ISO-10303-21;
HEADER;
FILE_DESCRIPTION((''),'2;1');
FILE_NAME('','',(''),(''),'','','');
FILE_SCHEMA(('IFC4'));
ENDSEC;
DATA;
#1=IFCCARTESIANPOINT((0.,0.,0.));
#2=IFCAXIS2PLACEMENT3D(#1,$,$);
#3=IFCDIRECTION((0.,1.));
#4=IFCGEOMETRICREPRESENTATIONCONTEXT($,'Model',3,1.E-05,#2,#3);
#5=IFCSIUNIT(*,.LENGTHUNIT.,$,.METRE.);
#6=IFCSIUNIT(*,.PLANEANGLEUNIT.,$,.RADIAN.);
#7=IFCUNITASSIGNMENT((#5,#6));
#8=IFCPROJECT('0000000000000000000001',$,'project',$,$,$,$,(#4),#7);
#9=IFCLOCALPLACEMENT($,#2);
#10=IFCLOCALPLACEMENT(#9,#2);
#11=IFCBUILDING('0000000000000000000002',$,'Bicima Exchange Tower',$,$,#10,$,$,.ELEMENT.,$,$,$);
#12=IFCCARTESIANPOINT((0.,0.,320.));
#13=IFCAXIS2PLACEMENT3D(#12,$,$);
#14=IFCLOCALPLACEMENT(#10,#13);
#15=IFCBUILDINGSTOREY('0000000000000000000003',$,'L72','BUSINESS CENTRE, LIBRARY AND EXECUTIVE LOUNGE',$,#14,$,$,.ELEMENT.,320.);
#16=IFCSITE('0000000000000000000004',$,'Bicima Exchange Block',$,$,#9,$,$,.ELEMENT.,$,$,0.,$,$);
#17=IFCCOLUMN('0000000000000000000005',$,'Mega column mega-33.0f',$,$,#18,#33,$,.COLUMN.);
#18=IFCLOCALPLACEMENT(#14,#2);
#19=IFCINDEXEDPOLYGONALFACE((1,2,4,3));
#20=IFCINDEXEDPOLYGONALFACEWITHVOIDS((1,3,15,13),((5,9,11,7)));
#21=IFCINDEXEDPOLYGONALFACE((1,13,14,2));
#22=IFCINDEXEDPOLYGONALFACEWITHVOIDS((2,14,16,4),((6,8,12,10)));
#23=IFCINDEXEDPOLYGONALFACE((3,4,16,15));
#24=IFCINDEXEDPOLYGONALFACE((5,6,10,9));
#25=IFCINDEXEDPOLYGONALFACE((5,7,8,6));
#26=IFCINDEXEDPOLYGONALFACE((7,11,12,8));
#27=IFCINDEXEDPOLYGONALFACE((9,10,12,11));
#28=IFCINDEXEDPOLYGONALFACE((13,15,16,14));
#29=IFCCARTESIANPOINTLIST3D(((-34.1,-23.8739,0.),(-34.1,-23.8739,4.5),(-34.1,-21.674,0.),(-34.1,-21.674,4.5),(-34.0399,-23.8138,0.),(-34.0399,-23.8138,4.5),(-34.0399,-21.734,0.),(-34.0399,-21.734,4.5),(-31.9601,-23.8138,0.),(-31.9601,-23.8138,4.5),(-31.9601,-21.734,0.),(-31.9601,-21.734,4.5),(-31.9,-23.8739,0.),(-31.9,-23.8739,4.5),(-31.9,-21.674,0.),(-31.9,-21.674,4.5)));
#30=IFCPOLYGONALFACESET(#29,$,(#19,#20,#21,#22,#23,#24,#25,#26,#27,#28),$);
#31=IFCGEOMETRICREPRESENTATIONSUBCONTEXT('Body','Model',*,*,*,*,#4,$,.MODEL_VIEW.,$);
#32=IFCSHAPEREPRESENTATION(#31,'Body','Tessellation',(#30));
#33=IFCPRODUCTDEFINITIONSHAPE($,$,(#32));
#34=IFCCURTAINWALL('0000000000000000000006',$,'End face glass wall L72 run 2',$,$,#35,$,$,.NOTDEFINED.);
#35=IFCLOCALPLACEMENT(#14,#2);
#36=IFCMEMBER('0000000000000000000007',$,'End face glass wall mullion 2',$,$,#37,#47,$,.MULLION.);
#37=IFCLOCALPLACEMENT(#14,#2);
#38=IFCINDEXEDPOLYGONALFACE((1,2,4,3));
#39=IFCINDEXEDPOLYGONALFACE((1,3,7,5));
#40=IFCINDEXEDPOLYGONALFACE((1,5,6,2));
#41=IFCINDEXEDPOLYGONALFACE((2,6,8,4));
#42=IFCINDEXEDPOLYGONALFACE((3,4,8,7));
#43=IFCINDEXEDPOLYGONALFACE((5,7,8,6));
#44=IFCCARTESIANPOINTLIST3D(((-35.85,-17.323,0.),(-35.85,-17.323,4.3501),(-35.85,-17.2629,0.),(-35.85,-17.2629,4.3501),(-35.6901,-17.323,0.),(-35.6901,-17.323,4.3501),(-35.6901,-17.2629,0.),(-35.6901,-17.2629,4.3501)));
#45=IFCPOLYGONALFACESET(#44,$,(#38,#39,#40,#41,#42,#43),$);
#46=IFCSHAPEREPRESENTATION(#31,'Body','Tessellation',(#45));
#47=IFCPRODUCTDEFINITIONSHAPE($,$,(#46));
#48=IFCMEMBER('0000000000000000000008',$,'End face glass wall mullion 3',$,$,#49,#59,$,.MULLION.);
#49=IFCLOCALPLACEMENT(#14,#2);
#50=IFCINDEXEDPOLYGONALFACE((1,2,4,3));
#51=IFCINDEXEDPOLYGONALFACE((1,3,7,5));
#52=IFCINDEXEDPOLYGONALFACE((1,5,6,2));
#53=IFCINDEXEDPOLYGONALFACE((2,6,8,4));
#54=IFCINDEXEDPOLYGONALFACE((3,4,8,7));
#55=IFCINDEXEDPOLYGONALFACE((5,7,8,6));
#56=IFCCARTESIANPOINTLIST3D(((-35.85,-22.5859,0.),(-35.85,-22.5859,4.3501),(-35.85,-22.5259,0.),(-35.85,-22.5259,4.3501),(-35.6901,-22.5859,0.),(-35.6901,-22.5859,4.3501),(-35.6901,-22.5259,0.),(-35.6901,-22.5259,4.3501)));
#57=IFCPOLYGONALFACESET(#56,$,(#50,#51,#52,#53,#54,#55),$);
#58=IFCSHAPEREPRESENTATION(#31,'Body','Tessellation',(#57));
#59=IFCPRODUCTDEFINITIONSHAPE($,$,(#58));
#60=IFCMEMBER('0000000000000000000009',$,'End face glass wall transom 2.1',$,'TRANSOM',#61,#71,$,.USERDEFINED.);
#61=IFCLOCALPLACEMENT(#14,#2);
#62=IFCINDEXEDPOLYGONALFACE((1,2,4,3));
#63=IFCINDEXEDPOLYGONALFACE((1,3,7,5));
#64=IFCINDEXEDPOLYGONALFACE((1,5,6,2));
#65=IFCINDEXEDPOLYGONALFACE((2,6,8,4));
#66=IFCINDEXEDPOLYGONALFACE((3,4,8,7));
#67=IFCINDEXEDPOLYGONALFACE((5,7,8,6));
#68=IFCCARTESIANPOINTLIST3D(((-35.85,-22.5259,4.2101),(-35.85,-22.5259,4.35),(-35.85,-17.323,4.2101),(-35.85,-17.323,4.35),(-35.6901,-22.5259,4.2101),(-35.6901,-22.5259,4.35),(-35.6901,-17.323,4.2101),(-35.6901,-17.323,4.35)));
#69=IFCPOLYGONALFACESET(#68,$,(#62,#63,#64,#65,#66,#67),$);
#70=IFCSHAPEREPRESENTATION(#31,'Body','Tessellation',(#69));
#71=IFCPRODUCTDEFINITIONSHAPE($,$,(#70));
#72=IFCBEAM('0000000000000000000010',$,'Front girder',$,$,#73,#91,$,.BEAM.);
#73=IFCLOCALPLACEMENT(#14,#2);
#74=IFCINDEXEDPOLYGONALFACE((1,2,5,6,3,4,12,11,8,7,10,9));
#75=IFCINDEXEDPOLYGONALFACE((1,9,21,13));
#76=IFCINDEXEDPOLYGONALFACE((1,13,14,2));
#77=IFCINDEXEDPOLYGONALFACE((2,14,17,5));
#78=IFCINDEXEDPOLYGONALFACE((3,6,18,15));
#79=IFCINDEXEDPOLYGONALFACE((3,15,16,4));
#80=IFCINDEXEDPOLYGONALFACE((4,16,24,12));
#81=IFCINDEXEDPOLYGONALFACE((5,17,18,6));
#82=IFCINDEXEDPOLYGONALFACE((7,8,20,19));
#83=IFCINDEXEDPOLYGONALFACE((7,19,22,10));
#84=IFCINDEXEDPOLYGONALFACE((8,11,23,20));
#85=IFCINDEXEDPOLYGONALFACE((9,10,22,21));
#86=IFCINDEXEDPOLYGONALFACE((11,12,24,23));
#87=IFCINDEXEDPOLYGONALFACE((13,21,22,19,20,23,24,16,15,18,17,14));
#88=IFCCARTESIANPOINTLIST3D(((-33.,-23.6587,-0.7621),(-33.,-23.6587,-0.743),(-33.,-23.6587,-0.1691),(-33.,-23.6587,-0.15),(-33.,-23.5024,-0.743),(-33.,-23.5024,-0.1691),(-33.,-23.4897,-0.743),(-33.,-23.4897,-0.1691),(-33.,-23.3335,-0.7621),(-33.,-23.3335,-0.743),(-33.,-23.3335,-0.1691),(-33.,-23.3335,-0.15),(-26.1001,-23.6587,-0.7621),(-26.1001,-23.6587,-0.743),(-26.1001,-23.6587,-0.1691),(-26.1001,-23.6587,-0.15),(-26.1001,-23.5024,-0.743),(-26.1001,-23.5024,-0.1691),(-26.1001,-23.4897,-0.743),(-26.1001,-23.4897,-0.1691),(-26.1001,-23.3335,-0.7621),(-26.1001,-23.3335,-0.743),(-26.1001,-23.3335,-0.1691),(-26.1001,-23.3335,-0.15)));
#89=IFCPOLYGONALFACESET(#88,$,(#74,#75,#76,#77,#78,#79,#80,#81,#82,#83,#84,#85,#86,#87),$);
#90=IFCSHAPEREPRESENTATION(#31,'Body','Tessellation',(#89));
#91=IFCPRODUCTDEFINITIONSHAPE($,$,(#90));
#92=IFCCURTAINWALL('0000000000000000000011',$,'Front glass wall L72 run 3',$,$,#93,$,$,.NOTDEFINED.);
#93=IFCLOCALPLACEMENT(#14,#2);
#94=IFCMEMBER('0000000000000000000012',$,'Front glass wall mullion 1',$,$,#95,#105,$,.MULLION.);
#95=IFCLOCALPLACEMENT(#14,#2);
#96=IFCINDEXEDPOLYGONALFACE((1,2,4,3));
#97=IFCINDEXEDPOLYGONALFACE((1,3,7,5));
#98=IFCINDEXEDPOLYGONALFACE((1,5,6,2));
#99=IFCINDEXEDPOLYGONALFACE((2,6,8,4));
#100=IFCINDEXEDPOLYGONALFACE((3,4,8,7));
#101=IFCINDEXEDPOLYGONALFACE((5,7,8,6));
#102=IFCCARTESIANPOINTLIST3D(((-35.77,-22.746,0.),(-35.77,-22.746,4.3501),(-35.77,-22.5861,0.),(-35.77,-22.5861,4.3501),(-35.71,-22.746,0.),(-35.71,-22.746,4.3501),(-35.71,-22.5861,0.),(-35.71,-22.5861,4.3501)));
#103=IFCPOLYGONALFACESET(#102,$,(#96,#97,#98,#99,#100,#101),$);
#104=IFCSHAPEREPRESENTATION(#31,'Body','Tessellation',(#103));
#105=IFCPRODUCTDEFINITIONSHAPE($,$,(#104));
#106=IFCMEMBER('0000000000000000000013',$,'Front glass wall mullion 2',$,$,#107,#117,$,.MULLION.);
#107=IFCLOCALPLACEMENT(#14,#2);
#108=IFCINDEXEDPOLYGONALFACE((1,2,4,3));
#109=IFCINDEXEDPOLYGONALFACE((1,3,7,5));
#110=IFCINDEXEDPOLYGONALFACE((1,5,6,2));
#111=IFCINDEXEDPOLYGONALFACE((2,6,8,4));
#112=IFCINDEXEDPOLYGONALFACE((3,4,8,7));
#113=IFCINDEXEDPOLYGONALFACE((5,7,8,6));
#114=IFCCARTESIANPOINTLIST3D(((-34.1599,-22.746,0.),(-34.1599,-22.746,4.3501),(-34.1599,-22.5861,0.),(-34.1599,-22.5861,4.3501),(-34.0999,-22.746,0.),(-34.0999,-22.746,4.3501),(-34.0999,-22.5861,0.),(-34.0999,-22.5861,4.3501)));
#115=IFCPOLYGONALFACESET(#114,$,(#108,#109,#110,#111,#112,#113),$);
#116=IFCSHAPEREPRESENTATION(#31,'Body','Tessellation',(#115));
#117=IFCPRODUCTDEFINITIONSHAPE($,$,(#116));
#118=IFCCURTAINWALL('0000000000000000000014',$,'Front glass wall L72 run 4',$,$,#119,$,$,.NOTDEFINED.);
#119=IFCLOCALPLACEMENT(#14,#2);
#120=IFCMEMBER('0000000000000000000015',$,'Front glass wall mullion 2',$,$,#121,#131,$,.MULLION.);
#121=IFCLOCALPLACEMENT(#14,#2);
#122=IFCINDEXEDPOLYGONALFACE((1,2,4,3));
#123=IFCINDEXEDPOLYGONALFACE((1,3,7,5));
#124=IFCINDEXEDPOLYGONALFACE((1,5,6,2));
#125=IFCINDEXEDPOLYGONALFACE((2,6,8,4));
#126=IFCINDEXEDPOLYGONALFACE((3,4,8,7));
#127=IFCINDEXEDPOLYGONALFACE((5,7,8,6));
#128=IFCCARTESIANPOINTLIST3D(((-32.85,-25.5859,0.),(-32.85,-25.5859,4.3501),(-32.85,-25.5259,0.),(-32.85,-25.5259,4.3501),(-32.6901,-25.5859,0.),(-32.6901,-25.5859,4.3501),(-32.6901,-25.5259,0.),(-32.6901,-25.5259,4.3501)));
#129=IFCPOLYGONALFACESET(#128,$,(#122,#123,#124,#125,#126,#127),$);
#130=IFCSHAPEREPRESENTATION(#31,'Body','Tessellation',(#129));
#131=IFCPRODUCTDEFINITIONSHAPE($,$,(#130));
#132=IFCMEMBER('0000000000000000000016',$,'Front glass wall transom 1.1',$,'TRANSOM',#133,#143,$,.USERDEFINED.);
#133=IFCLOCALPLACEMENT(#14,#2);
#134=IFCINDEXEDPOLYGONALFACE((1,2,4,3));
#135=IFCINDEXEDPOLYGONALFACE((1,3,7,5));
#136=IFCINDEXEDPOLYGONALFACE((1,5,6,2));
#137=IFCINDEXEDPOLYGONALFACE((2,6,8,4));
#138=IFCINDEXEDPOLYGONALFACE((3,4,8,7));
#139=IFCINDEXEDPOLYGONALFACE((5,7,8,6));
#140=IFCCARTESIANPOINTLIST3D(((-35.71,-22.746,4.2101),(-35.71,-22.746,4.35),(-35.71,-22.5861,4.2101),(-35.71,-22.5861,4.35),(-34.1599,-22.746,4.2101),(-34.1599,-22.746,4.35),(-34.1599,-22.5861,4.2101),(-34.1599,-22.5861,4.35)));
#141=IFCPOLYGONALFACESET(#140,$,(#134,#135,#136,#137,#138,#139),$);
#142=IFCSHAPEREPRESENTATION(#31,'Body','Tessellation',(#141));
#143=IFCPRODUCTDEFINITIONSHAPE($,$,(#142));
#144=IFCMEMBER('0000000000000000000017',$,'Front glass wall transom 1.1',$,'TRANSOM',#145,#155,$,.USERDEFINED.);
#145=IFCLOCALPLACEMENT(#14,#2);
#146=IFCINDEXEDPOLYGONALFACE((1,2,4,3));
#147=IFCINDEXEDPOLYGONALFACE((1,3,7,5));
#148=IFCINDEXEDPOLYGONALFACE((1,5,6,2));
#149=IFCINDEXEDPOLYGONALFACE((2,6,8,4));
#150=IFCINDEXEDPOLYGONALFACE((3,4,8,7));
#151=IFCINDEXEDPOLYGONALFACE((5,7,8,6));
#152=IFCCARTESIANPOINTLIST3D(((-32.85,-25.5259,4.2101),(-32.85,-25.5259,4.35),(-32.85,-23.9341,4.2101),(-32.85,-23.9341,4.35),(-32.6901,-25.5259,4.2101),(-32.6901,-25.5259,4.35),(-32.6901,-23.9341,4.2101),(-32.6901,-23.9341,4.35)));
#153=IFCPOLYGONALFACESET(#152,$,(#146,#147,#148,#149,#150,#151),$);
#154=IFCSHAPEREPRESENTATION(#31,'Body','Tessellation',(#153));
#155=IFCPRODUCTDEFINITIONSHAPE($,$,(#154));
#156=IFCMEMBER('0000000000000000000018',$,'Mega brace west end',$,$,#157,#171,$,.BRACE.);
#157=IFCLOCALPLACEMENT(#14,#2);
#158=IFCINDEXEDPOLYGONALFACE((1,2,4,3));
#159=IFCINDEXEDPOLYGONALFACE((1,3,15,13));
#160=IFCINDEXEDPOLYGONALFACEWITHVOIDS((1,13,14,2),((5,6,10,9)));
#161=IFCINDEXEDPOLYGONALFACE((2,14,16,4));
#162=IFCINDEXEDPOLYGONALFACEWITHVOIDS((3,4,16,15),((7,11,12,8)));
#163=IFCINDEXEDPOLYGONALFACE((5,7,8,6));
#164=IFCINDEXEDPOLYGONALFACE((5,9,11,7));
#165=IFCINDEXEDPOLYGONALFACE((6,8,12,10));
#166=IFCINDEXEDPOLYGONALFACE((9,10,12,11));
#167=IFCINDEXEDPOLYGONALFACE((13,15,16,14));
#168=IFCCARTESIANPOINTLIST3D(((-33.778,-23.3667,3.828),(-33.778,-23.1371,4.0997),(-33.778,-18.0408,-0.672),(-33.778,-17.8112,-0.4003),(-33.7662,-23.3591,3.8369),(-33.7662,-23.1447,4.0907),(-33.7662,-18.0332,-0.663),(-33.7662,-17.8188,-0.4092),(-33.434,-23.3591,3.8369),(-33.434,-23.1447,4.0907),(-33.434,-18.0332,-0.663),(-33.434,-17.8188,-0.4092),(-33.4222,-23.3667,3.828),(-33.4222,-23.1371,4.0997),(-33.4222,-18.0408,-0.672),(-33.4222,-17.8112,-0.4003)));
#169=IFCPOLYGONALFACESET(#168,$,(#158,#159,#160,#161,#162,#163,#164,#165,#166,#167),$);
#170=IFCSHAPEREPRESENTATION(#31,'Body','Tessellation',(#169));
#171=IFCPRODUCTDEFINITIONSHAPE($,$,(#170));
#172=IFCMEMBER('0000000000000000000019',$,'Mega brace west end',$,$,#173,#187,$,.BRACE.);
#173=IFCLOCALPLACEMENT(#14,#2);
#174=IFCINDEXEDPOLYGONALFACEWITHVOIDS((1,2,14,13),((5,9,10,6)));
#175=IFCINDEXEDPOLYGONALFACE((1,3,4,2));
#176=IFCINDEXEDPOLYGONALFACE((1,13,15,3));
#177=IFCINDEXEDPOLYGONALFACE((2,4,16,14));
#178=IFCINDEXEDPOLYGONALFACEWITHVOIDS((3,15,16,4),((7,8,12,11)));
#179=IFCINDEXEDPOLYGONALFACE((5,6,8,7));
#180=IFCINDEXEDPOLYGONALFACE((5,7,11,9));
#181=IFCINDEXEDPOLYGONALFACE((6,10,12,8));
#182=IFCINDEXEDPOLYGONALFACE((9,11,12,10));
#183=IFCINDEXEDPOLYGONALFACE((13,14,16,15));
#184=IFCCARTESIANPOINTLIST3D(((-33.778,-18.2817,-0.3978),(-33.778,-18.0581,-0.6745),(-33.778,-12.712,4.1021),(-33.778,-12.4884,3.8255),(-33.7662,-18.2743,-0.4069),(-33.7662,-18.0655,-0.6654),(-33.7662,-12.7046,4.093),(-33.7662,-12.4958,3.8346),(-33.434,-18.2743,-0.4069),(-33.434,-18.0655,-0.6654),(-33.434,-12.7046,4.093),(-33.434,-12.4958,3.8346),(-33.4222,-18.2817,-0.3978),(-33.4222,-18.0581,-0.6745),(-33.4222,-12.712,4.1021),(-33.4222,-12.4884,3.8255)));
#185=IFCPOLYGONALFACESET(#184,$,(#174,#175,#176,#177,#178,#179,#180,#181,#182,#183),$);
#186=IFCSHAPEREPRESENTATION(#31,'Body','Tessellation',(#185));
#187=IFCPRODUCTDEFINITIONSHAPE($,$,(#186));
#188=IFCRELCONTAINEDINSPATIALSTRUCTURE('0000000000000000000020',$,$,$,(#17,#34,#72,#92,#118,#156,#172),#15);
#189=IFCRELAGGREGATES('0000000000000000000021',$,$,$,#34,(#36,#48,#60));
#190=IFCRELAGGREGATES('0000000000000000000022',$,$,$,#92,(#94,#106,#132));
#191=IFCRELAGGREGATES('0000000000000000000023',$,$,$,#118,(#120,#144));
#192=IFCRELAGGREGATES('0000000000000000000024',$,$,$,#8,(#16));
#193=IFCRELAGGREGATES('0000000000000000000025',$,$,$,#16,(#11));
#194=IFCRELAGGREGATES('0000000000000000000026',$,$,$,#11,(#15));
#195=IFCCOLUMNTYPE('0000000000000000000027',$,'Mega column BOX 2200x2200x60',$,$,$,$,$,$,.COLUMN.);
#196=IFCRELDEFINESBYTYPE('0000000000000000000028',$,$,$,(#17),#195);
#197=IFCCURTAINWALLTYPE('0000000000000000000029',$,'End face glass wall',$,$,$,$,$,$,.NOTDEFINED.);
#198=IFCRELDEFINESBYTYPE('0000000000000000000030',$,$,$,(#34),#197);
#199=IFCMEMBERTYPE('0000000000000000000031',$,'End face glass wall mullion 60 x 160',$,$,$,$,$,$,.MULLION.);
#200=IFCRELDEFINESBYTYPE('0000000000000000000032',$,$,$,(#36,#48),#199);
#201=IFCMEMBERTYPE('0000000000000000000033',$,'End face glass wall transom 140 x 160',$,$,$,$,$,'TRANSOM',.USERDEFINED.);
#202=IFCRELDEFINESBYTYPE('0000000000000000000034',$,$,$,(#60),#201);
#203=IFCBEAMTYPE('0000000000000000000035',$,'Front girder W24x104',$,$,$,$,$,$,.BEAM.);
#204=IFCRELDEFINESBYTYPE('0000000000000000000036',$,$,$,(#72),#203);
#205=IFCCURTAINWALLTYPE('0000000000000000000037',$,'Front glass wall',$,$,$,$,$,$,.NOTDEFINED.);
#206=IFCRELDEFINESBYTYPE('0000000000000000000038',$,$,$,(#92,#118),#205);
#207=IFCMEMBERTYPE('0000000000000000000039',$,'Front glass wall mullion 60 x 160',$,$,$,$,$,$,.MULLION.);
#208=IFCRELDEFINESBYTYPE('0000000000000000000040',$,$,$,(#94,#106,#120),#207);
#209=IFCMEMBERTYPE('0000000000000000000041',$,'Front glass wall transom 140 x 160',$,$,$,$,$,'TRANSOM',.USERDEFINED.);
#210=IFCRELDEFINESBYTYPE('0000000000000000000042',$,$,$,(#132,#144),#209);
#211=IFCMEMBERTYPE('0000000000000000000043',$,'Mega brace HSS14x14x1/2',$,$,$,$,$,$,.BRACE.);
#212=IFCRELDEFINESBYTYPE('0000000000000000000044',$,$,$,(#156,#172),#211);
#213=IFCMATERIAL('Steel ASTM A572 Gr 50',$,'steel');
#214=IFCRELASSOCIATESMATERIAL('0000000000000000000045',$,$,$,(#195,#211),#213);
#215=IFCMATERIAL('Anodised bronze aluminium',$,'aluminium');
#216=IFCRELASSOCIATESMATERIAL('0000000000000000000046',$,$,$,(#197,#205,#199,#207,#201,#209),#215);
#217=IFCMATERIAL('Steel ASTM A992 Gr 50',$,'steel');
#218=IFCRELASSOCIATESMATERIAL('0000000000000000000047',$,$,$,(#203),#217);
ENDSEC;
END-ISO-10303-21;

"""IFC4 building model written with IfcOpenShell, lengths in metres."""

from ifc_helpers import new_model, si_unit, direction, frame, origin, origin_2d, place, context, subcontext, project, spatial, rectangle, hollow_rectangle, i_section, extrude, material, material_profile, profile_set, type_object, element, aggregate, save


model = new_model("IFC4")

# Units and contexts
model_context = context("Model", 3, precision=1e-05, world=origin(), true_north=direction((0.0, 1.0)))
body_context = subcontext(model_context, "Body", "Model", "MODEL_VIEW")
ifc_project = project(units=[si_unit("LENGTHUNIT", "METRE"), si_unit("PLANEANGLEUNIT", "RADIAN")], contexts=[model_context])

# Site, building, storey
site_placement = place(None, origin())
site = spatial("IfcSite", under=ifc_project, at=site_placement, Name="Bicima Exchange Block", CompositionType="ELEMENT", RefElevation=0.0)
building_placement = place(site_placement, origin())
building = spatial("IfcBuilding", under=site, at=building_placement, Name="Bicima Exchange Tower", CompositionType="ELEMENT")
storey_placement = place(building_placement, frame((0.0, 0.0, 320.0)))
storey = spatial("IfcBuildingStorey", under=building, at=storey_placement, Name="L72", Description="BUSINESS CENTRE, LIBRARY AND EXECUTIVE LOUNGE", CompositionType="ELEMENT", Elevation=320.0)

# Column
ifc_material_1 = material(Name="Steel ASTM A572 Gr 50", Category="steel")
ifc_material_profile_1 = material_profile(ifc_material_1, hollow_rectangle(XDim=2.2, YDim=2.2, WallThickness=0.0601, at=origin_2d()))
ifc_profile_set_1 = profile_set([ifc_material_profile_1], Name="Steel ASTM A572 Gr 50")
column_type = type_object("IfcColumnType", Name="Mega column BOX 2200x2200x60", PredefinedType="COLUMN", material=ifc_profile_set_1)
column_placement = place(storey_placement, frame((-33.0, -22.7739, 0.0), z_axis=(0.0, 0.0, 1.0), x_axis=(1.0, 0.0, 0.0)))
element("IfcColumn", 1, at=column_placement, inside=storey, type_object=column_type, Name="Mega column mega-33.0f", PredefinedType="COLUMN", context=body_context, shape_type="SweptSolid", body=[
    extrude(hollow_rectangle(XDim=2.2, YDim=2.2, WallThickness=0.0601, at=origin_2d()), origin(), (0.0, 0.0, 1.0), 4.5),
])

# Curtain wall, members
ifc_material_2 = material(Name="Anodised bronze aluminium", Category="aluminium")
curtain_wall_type_1 = type_object("IfcCurtainWallType", Name="End face glass wall", PredefinedType="NOTDEFINED", material=ifc_material_2)
curtain_wall_1_placement = place(storey_placement, origin())
curtain_wall_1 = element("IfcCurtainWall", 2, at=curtain_wall_1_placement, inside=storey, type_object=curtain_wall_type_1, Name="End face glass wall L72 run 2", PredefinedType="NOTDEFINED")
ifc_material_profile_2 = material_profile(ifc_material_2, rectangle(XDim=0.1599, YDim=0.0601, at=origin_2d()))
ifc_profile_set_2 = profile_set([ifc_material_profile_2], Name="Anodised bronze aluminium")
member_type_1 = type_object("IfcMemberType", Name="End face glass wall mullion 60 x 160", PredefinedType="MULLION", material=ifc_profile_set_2)
member_1_placement = place(storey_placement, frame((-35.77, -17.293, 0.0), z_axis=(0.0, 0.0, 1.0), x_axis=(1.0, 0.0, 0.0)))
member_1 = element("IfcMember", 3, at=member_1_placement, type_object=member_type_1, Name="End face glass wall mullion 2", PredefinedType="MULLION", context=body_context, shape_type="SweptSolid", body=[
    extrude(rectangle(XDim=0.1599, YDim=0.0601, at=origin_2d()), origin(), (0.0, 0.0, 1.0), 4.3501),
])
member_2_placement = place(storey_placement, frame((-35.77, -22.5559, 0.0), z_axis=(0.0, 0.0, 1.0), x_axis=(1.0, 0.0, 0.0)))
member_2 = element("IfcMember", 4, at=member_2_placement, type_object=member_type_1, Name="End face glass wall mullion 3", PredefinedType="MULLION", context=body_context, shape_type="SweptSolid", body=[
    extrude(rectangle(XDim=0.1599, YDim=0.0601, at=origin_2d()), origin(), (0.0, 0.0, 1.0), 4.3501),
])
ifc_material_profile_3 = material_profile(ifc_material_2, rectangle(XDim=0.1599, YDim=0.1399, at=origin_2d()))
ifc_profile_set_3 = profile_set([ifc_material_profile_3], Name="Anodised bronze aluminium")
member_type_2 = type_object("IfcMemberType", Name="End face glass wall transom 140 x 160", ElementType="TRANSOM", PredefinedType="USERDEFINED", material=ifc_profile_set_3)
member_3_placement = place(storey_placement, frame((-35.77, -17.323, 4.28), z_axis=(0.0, -1.0, 0.0), x_axis=(1.0, 0.0, 0.0)))
member_3 = element("IfcMember", 5, at=member_3_placement, type_object=member_type_2, Name="End face glass wall transom 2.1", ObjectType="TRANSOM", PredefinedType="USERDEFINED", context=body_context, shape_type="SweptSolid", body=[
    extrude(rectangle(XDim=0.1599, YDim=0.1399, at=origin_2d()), origin(), (0.0, 0.0, 1.0), 5.2029),
])

# Beam
ifc_material_3 = material(Name="Steel ASTM A992 Gr 50", Category="steel")
ifc_material_profile_4 = material_profile(ifc_material_3, i_section(OverallWidth=0.3252, OverallDepth=0.6121, WebThickness=0.0127, FlangeThickness=0.019, at=origin_2d()))
ifc_profile_set_4 = profile_set([ifc_material_profile_4], Name="Steel ASTM A992 Gr 50")
beam_type = type_object("IfcBeamType", Name="Front girder W24x104", PredefinedType="BEAM", material=ifc_profile_set_4)
beam_placement = place(storey_placement, frame((-33.0, -23.4961, -0.4561), z_axis=(1.0, 0.0, 0.0), x_axis=(0.0, 1.0, 0.0)))
element("IfcBeam", 6, at=beam_placement, inside=storey, type_object=beam_type, Name="Front girder", PredefinedType="BEAM", context=body_context, shape_type="SweptSolid", body=[
    extrude(i_section(OverallWidth=0.3252, OverallDepth=0.6121, WebThickness=0.0127, FlangeThickness=0.019, at=origin_2d()), origin(), (0.0, 0.0, 1.0), 6.8999),
])

# Curtain wall, members
curtain_wall_type_2 = type_object("IfcCurtainWallType", Name="Front glass wall", PredefinedType="NOTDEFINED", material=ifc_material_2)
curtain_wall_2_placement = place(storey_placement, origin())
curtain_wall_2 = element("IfcCurtainWall", 7, at=curtain_wall_2_placement, inside=storey, type_object=curtain_wall_type_2, Name="Front glass wall L72 run 3", PredefinedType="NOTDEFINED")
member_type_3 = type_object("IfcMemberType", Name="Front glass wall mullion 60 x 160", PredefinedType="MULLION", material=ifc_profile_set_2)
member_4_placement = place(storey_placement, frame((-35.74, -22.666, 0.0), z_axis=(0.0, 0.0, 1.0), x_axis=(0.0, 1.0, 0.0)))
member_4 = element("IfcMember", 8, at=member_4_placement, type_object=member_type_3, Name="Front glass wall mullion 1", PredefinedType="MULLION", context=body_context, shape_type="SweptSolid", body=[
    extrude(rectangle(XDim=0.1599, YDim=0.0601, at=origin_2d()), origin(), (0.0, 0.0, 1.0), 4.3501),
])
member_5_placement = place(storey_placement, frame((-34.1299, -22.666, 0.0), z_axis=(0.0, 0.0, 1.0), x_axis=(0.0, 1.0, 0.0)))
member_5 = element("IfcMember", 9, at=member_5_placement, type_object=member_type_3, Name="Front glass wall mullion 2", PredefinedType="MULLION", context=body_context, shape_type="SweptSolid", body=[
    extrude(rectangle(XDim=0.1599, YDim=0.0601, at=origin_2d()), origin(), (0.0, 0.0, 1.0), 4.3501),
])

# Curtain wall, member
curtain_wall_3_placement = place(storey_placement, origin())
curtain_wall_3 = element("IfcCurtainWall", 10, at=curtain_wall_3_placement, inside=storey, type_object=curtain_wall_type_2, Name="Front glass wall L72 run 4", PredefinedType="NOTDEFINED")
member_6_placement = place(storey_placement, frame((-32.77, -25.5559, 0.0), z_axis=(0.0, 0.0, 1.0), x_axis=(1.0, 0.0, 0.0)))
member_6 = element("IfcMember", 11, at=member_6_placement, type_object=member_type_3, Name="Front glass wall mullion 2", PredefinedType="MULLION", context=body_context, shape_type="SweptSolid", body=[
    extrude(rectangle(XDim=0.1599, YDim=0.0601, at=origin_2d()), origin(), (0.0, 0.0, 1.0), 4.3501),
])

# Members
member_type_4 = type_object("IfcMemberType", Name="Front glass wall transom 140 x 160", ElementType="TRANSOM", PredefinedType="USERDEFINED", material=ifc_profile_set_3)
member_7_placement = place(storey_placement, frame((-35.71, -22.666, 4.28), z_axis=(1.0, 0.0, 0.0), x_axis=(0.0, 1.0, 0.0)))
member_7 = element("IfcMember", 12, at=member_7_placement, type_object=member_type_4, Name="Front glass wall transom 1.1", ObjectType="TRANSOM", PredefinedType="USERDEFINED", context=body_context, shape_type="SweptSolid", body=[
    extrude(rectangle(XDim=0.1599, YDim=0.1399, at=origin_2d()), origin(), (0.0, 0.0, 1.0), 1.55),
])
member_8_placement = place(storey_placement, frame((-32.77, -23.9341, 4.28), z_axis=(0.0, -1.0, 0.0), x_axis=(1.0, 0.0, 0.0)))
member_8 = element("IfcMember", 13, at=member_8_placement, type_object=member_type_4, Name="Front glass wall transom 1.1", ObjectType="TRANSOM", PredefinedType="USERDEFINED", context=body_context, shape_type="SweptSolid", body=[
    extrude(rectangle(XDim=0.1599, YDim=0.1399, at=origin_2d()), origin(), (0.0, 0.0, 1.0), 1.5918),
])

# Members
ifc_material_profile_5 = material_profile(ifc_material_1, hollow_rectangle(XDim=0.3557, YDim=0.3557, WallThickness=0.0117, at=origin_2d()))
ifc_profile_set_5 = profile_set([ifc_material_profile_5], Name="Steel ASTM A572 Gr 50")
member_type_5 = type_object("IfcMemberType", Name="Mega brace HSS14x14x1/2", PredefinedType="BRACE", material=ifc_profile_set_5)
member_9_placement = place(storey_placement, frame((-33.6001, -17.926, -0.5361), z_axis=(0.0, -0.76385, 0.645394), x_axis=(1.0, 0.0, 0.0)))
element("IfcMember", 14, at=member_9_placement, inside=storey, type_object=member_type_5, Name="Mega brace west end", PredefinedType="BRACE", context=body_context, shape_type="SweptSolid", body=[
    extrude(hollow_rectangle(XDim=0.3557, YDim=0.3557, WallThickness=0.0117, at=origin_2d()), origin(), (0.0, 0.0, 1.0), 6.9724),
])
member_10_placement = place(storey_placement, frame((-33.6001, -18.1699, -0.5361), z_axis=(0.0, 0.777853, 0.628447), x_axis=(-1.0, 0.0, 0.0)))
element("IfcMember", 15, at=member_10_placement, inside=storey, type_object=member_type_5, Name="Mega brace west end", PredefinedType="BRACE", context=body_context, shape_type="SweptSolid", body=[
    extrude(hollow_rectangle(XDim=0.3557, YDim=0.3557, WallThickness=0.0117, at=origin_2d()), origin(), (0.0, 0.0, 1.0), 7.1604),
])

aggregate(curtain_wall_1, [member_1, member_2, member_3])
aggregate(curtain_wall_2, [member_4, member_5, member_7])
aggregate(curtain_wall_3, [member_6, member_8])

save(model, "model.ifc")
